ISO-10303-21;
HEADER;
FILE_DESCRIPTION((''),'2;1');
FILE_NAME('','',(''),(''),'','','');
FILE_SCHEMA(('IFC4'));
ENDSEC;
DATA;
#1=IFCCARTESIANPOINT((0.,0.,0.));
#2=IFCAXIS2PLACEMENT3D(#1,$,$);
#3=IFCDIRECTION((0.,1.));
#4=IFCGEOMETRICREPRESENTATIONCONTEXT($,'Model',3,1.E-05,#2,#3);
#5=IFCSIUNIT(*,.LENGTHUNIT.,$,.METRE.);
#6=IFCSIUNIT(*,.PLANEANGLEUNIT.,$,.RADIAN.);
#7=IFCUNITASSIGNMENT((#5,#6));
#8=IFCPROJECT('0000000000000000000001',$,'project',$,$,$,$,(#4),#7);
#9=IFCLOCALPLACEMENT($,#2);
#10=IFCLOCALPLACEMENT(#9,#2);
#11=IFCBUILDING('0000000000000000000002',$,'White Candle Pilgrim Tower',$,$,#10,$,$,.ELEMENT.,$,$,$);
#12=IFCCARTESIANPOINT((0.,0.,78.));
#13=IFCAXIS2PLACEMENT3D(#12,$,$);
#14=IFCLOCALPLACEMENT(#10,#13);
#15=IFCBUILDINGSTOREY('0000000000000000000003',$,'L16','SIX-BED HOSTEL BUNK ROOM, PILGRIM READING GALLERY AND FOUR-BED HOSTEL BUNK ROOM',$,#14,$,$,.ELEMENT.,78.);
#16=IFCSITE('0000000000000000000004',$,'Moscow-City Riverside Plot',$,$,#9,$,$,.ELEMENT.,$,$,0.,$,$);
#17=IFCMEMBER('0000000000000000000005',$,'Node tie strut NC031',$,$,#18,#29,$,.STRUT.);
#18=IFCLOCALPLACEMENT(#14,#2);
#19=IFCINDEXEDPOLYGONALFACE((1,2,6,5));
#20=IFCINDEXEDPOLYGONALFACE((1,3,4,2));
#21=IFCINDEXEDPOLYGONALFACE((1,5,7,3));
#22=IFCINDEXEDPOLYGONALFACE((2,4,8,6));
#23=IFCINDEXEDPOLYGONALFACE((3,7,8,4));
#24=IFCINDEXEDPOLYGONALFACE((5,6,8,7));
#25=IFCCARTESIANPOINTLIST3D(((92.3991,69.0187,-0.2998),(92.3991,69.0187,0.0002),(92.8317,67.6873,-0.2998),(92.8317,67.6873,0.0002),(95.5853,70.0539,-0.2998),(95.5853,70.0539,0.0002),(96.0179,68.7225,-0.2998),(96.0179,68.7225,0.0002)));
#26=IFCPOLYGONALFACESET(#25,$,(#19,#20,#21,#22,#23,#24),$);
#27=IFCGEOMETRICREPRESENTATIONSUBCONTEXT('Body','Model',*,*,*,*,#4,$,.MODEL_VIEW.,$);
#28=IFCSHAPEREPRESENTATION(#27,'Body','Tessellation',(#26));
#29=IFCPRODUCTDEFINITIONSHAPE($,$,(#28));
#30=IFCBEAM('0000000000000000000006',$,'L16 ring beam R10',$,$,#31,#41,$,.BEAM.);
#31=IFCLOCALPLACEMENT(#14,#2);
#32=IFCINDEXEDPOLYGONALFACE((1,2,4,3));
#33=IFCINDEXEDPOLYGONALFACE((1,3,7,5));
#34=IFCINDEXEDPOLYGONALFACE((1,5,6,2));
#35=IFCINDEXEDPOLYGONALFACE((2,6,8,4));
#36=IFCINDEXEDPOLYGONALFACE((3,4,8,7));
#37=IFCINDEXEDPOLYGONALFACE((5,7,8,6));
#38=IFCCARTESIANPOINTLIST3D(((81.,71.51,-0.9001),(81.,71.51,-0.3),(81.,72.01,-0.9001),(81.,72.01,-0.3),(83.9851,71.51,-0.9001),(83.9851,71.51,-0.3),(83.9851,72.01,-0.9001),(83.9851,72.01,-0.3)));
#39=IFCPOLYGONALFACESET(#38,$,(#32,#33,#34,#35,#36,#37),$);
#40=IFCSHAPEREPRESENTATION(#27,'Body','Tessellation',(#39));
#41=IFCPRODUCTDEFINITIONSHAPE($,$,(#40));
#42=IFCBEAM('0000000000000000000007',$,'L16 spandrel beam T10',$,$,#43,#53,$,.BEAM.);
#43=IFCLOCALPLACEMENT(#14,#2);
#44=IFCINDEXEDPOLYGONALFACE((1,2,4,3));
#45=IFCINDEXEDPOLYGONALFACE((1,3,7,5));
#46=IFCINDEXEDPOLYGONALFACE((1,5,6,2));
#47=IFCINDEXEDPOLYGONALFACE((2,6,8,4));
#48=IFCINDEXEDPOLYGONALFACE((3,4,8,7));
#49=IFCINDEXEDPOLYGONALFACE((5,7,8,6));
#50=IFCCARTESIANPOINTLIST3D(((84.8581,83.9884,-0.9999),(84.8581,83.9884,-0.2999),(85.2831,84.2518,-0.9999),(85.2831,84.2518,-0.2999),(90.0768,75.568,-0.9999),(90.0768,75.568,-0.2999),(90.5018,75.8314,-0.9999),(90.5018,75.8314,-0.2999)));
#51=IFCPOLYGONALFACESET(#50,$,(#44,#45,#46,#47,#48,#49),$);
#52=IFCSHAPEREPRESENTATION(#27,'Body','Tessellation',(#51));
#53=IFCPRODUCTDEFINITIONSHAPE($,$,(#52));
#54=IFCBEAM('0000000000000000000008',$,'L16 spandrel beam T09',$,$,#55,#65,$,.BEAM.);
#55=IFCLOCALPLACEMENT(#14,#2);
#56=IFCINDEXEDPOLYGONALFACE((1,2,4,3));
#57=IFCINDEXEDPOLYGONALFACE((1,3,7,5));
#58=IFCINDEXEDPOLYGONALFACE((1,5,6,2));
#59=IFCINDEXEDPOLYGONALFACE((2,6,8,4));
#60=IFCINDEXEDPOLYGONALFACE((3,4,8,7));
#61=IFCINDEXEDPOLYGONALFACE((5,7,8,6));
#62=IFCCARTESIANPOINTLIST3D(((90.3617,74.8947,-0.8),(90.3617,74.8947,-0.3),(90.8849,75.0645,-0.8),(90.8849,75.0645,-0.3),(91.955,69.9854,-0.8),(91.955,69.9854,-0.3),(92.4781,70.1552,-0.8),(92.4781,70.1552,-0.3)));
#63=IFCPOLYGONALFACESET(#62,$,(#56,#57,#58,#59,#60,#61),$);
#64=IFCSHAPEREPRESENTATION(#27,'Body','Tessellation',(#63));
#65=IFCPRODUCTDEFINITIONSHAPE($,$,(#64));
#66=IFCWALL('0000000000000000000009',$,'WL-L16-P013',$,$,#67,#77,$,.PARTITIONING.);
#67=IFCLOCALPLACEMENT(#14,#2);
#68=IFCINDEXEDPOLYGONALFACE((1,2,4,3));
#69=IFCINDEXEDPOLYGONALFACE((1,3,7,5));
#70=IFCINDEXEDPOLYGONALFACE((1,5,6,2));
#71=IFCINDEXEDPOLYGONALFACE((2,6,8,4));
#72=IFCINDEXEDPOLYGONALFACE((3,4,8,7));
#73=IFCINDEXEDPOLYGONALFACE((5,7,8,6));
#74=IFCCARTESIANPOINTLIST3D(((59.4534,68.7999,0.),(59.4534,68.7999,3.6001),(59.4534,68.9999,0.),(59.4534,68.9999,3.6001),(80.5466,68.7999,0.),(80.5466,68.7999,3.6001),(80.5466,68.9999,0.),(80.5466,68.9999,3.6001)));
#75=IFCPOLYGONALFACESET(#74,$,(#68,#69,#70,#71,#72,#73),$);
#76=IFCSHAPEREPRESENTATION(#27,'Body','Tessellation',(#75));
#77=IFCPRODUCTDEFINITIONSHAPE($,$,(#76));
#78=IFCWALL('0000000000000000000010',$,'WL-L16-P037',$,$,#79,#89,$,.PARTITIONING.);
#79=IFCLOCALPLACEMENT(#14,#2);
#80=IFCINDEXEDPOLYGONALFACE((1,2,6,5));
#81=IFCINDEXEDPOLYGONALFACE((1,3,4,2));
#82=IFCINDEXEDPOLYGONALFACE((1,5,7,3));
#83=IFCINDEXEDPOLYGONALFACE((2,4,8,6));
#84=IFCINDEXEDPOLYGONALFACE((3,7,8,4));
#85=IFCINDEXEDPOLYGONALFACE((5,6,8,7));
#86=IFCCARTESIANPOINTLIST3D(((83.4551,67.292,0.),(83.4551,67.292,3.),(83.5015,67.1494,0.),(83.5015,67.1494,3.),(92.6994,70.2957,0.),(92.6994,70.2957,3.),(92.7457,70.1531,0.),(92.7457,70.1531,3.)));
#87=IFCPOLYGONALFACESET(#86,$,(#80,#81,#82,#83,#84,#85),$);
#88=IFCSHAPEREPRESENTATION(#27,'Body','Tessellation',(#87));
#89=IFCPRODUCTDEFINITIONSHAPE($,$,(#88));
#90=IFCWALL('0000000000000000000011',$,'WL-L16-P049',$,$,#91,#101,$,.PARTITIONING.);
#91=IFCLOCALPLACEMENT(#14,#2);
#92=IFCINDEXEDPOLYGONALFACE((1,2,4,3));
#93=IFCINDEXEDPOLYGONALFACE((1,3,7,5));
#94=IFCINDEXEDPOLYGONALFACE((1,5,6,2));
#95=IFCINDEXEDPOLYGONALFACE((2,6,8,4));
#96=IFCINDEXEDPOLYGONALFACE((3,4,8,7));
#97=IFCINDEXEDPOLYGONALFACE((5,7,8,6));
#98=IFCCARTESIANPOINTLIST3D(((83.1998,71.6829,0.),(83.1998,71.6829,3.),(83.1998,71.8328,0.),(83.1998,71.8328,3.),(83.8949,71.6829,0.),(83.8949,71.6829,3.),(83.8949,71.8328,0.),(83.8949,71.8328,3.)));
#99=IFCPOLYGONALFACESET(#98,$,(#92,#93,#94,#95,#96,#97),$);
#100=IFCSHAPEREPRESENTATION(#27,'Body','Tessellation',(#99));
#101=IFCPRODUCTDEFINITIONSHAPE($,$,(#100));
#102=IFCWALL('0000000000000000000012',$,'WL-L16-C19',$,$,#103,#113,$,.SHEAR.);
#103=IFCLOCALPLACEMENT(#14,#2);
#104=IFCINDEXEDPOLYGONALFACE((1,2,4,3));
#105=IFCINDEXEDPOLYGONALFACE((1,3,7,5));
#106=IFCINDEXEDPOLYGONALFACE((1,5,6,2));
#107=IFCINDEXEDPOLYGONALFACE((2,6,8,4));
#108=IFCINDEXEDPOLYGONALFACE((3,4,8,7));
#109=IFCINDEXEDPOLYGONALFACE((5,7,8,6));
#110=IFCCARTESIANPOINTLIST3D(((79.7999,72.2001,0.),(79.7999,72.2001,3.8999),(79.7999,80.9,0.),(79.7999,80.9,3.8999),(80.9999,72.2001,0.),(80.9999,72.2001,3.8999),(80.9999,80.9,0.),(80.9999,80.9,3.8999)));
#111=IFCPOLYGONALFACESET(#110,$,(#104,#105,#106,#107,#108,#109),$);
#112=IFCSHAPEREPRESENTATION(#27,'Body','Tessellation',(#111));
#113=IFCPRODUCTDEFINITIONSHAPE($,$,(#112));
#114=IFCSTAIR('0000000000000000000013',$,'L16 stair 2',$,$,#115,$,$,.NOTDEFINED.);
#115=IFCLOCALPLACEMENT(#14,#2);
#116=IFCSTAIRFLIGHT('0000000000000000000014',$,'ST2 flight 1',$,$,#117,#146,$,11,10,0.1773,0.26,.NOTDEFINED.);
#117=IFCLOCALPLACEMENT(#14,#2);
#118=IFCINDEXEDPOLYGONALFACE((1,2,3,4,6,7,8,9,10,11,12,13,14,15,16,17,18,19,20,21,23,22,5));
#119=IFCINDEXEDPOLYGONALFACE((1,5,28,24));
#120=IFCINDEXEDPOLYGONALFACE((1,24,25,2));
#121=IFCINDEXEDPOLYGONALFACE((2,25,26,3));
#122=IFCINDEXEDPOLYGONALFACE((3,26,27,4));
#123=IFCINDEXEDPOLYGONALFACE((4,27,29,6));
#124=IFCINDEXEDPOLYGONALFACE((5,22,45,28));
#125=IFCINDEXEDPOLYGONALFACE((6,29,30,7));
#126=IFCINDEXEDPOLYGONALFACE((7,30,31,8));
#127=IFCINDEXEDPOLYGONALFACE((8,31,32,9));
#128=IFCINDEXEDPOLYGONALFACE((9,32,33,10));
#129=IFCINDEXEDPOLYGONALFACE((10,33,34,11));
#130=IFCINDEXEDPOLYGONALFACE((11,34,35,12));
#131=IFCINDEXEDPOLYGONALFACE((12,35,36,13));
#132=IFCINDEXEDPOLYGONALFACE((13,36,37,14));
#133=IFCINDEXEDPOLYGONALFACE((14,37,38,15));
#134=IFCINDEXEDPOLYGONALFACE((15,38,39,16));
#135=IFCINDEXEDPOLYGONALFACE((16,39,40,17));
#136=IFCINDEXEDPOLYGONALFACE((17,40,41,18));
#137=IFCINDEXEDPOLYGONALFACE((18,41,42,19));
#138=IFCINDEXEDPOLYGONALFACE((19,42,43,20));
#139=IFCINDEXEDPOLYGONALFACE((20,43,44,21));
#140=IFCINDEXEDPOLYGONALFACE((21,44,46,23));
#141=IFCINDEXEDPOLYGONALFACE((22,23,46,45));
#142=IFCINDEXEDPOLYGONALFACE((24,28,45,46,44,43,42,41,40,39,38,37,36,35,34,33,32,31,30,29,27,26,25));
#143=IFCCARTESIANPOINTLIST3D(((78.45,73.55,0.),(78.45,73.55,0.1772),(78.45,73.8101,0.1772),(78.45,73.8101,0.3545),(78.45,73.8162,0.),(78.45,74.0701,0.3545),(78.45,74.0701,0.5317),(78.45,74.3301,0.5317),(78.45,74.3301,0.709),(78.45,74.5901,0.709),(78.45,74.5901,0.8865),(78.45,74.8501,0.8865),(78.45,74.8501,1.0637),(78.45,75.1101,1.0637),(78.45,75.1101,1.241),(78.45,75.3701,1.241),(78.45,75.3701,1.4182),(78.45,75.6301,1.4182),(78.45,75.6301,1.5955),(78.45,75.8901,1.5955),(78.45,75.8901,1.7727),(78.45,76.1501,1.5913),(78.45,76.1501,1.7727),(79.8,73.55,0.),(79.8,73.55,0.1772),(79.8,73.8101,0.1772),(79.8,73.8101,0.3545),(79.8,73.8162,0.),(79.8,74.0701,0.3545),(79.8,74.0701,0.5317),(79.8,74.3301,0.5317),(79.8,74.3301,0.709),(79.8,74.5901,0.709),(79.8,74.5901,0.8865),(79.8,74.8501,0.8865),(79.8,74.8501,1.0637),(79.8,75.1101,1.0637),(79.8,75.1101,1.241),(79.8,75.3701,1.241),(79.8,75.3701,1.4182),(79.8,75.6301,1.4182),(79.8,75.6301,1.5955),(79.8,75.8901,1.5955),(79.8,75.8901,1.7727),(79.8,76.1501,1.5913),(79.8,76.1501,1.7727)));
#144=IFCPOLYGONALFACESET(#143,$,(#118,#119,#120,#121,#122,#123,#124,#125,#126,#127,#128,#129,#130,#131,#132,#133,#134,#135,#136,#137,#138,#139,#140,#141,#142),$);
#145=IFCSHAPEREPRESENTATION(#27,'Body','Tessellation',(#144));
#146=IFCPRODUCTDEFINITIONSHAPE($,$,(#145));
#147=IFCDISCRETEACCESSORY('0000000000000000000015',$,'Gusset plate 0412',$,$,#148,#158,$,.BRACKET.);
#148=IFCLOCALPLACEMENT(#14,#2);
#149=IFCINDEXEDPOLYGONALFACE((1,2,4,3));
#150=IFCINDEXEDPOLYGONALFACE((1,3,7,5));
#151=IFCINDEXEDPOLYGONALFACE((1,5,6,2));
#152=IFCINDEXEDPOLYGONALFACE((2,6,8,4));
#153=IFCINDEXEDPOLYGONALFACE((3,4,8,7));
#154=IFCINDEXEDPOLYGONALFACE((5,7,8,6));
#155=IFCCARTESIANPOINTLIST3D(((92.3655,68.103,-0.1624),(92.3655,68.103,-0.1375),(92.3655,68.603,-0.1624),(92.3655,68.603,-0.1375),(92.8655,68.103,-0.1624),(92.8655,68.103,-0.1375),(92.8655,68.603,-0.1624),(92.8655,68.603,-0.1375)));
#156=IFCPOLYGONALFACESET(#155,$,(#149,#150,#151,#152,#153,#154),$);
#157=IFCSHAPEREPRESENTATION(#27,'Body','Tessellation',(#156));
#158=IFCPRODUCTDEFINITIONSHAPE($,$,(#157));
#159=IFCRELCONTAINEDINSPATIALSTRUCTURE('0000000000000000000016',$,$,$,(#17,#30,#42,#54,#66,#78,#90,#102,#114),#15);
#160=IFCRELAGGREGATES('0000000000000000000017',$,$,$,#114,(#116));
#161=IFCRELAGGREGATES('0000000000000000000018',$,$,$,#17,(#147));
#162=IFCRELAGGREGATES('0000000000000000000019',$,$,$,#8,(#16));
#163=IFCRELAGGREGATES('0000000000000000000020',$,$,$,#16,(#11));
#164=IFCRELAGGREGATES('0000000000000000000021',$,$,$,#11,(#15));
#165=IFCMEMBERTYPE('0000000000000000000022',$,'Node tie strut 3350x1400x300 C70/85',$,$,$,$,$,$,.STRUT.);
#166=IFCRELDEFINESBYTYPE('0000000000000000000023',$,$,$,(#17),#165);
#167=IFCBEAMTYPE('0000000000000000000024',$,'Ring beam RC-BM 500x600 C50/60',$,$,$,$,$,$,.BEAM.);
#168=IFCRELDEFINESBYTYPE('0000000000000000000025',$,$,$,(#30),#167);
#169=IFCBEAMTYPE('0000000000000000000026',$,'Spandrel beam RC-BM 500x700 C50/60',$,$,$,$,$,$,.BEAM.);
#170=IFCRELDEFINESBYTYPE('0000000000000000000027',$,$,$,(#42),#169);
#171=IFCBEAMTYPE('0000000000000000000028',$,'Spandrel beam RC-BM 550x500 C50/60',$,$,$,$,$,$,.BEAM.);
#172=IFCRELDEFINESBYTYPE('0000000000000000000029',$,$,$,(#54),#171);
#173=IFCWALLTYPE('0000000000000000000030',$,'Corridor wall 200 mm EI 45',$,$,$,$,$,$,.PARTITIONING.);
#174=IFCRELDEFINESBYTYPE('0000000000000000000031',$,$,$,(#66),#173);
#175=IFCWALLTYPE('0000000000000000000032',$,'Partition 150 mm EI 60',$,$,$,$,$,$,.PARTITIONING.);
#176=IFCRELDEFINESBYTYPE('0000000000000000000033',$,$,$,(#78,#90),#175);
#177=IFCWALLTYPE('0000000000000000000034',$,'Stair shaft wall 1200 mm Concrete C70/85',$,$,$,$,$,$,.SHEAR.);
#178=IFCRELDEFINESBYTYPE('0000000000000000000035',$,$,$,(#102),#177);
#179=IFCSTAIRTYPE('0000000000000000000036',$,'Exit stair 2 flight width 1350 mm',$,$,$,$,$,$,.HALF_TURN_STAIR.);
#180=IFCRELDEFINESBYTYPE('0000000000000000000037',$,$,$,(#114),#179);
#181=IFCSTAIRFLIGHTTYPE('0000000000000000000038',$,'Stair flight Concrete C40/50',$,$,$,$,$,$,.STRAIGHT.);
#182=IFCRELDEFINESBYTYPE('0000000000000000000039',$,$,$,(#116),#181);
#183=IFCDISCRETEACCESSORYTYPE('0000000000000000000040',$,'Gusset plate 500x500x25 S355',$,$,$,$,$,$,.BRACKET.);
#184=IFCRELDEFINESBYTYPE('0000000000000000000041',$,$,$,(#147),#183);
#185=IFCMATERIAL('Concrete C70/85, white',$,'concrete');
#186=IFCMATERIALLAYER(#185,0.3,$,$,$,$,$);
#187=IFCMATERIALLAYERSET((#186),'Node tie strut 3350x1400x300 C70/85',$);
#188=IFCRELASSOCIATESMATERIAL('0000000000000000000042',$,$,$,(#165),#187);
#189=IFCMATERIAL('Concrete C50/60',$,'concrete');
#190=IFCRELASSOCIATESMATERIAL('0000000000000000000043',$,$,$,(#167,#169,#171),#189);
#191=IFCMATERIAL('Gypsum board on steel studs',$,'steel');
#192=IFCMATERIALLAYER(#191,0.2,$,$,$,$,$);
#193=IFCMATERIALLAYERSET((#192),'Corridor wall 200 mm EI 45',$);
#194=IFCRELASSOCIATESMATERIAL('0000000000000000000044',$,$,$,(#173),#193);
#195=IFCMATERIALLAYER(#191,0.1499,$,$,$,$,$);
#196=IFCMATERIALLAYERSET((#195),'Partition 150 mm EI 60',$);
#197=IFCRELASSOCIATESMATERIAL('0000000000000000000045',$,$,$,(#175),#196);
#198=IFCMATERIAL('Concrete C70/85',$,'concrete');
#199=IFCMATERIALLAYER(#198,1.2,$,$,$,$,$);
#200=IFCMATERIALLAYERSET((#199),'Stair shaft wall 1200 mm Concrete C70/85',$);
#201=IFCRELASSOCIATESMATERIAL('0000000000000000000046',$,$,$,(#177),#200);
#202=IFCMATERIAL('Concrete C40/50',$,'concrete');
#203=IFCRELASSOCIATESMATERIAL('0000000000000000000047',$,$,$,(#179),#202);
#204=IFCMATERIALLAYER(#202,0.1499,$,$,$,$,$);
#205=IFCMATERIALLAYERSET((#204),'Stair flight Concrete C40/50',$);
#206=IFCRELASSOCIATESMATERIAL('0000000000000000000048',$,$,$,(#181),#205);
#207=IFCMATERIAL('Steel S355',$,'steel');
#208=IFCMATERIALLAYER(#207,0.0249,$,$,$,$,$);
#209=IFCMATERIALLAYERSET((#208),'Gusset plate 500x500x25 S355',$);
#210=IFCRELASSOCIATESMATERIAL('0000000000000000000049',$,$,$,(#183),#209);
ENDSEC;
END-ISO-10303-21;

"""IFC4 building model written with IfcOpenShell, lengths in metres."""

from ifc_helpers import new_model, si_unit, direction, frame, frame_2d, origin, origin_2d, place, context, subcontext, project, spatial, polyline, rectangle, outline, extrude, material, layer, layer_set, material_profile, profile_set, type_object, element, aggregate, save


model = new_model("IFC4")

# Units and contexts
model_context = context("Model", 3, precision=1e-05, world=origin(), true_north=direction((0.0, 1.0)))
body_context = subcontext(model_context, "Body", "Model", "MODEL_VIEW")
ifc_project = project(units=[si_unit("LENGTHUNIT", "METRE"), si_unit("PLANEANGLEUNIT", "RADIAN")], contexts=[model_context])

# Site, building, storey
site_placement = place(None, origin())
site = spatial("IfcSite", under=ifc_project, at=site_placement, Name="Moscow-City Riverside Plot", CompositionType="ELEMENT", RefElevation=0.0)
building_placement = place(site_placement, origin())
building = spatial("IfcBuilding", under=site, at=building_placement, Name="White Candle Pilgrim Tower", CompositionType="ELEMENT")
storey_placement = place(building_placement, frame((0.0, 0.0, 78.0)))
storey = spatial("IfcBuildingStorey", under=building, at=storey_placement, Name="L16", Description="SIX-BED HOSTEL BUNK ROOM, PILGRIM READING GALLERY AND FOUR-BED HOSTEL BUNK ROOM", CompositionType="ELEMENT", Elevation=78.0)

# Member
ifc_material_1 = material(Name="Concrete C70/85, white", Category="concrete")
ifc_layer_1 = layer(ifc_material_1, 0.3)
ifc_layer_set_1 = layer_set([ifc_layer_1], Name="Node tie strut 3350x1400x300 C70/85")
member_type_1 = type_object("IfcMemberType", Name="Node tie strut 3350x1400x300 C70/85", PredefinedType="STRUT", material=ifc_layer_set_1)
member_1_placement = place(storey_placement, frame((94.2085, 68.8706, -0.2998), z_axis=(0.0, 0.0, 1.0), x_axis=(-0.309017, 0.951057, 0.0)))
member_1 = element("IfcMember", 1, at=member_1_placement, inside=storey, type_object=member_type_1, Name="Node tie strut NC031", PredefinedType="STRUT", context=body_context, shape_type="SweptSolid", body=[
    extrude(rectangle(XDim=1.3999, YDim=3.3501, at=origin_2d()), origin(), (0.0, 0.0, 1.0), 0.3),
])

# Beams
ifc_material_2 = material(Name="Concrete C50/60", Category="concrete")
ifc_material_profile_1 = material_profile(ifc_material_2, rectangle(XDim=0.5, YDim=0.6001, at=origin_2d()), Name="RC-BM 500x600")
ifc_profile_set_1 = profile_set([ifc_material_profile_1], Name="Concrete C50/60")
beam_type_1 = type_object("IfcBeamType", Name="Ring beam RC-BM 500x600 C50/60", PredefinedType="BEAM", material=ifc_profile_set_1)
beam_1_placement = place(storey_placement, frame((83.9851, 71.76, -0.6001), z_axis=(-1.0, 0.0, 0.0), x_axis=(0.0, -1.0, 0.0)))
element("IfcBeam", 2, at=beam_1_placement, inside=storey, type_object=beam_type_1, Name="L16 ring beam R10", PredefinedType="BEAM", context=body_context, shape_type="SweptSolid", body=[
    extrude(rectangle(XDim=0.5, YDim=0.6001, at=origin_2d()), origin(), (0.0, 0.0, 1.0), 2.9851),
])
ifc_material_profile_2 = material_profile(ifc_material_2, rectangle(XDim=0.5, YDim=0.7, at=origin_2d()), Name="RC-BM 500x700")
ifc_profile_set_2 = profile_set([ifc_material_profile_2], Name="Concrete C50/60")
beam_type_2 = type_object("IfcBeamType", Name="Spandrel beam RC-BM 500x700 C50/60", PredefinedType="BEAM", material=ifc_profile_set_2)
beam_2_placement = place(storey_placement, frame((90.2893, 75.6997, -0.6499), z_axis=(-0.526801, 0.849989, 0.0), x_axis=(-0.849989, -0.526801, 0.0)))
element("IfcBeam", 3, at=beam_2_placement, inside=storey, type_object=beam_type_2, Name="L16 spandrel beam T10", PredefinedType="BEAM", context=body_context, shape_type="SweptSolid", body=[
    extrude(rectangle(XDim=0.5, YDim=0.7, at=origin_2d()), origin(), (0.0, 0.0, 1.0), 9.9065),
])
ifc_material_profile_3 = material_profile(ifc_material_2, rectangle(XDim=0.55, YDim=0.5, at=origin_2d()), Name="RC-BM 550x500")
ifc_profile_set_3 = profile_set([ifc_material_profile_3], Name="Concrete C50/60")
beam_type_3 = type_object("IfcBeamType", Name="Spandrel beam RC-BM 550x500 C50/60", PredefinedType="BEAM", material=ifc_profile_set_3)
beam_3_placement = place(storey_placement, frame((92.2166, 70.0703, -0.55), z_axis=(-0.308683, 0.951165, 0.0), x_axis=(-0.951165, -0.308683, 0.0)))
element("IfcBeam", 4, at=beam_3_placement, inside=storey, type_object=beam_type_3, Name="L16 spandrel beam T09", PredefinedType="BEAM", context=body_context, shape_type="SweptSolid", body=[
    extrude(rectangle(XDim=0.55, YDim=0.5, at=origin_2d()), origin(), (0.0, 0.0, 1.0), 5.1614),
])

# Walls
ifc_material_3 = material(Name="Gypsum board on steel studs", Category="steel")
ifc_layer_2 = layer(ifc_material_3, 0.2)
ifc_layer_set_2 = layer_set([ifc_layer_2], Name="Corridor wall 200 mm EI 45")
wall_type_1 = type_object("IfcWallType", Name="Corridor wall 200 mm EI 45", PredefinedType="PARTITIONING", material=ifc_layer_set_2)
wall_1_placement = place(storey_placement, frame((80.5466, 68.8999, 0.0), z_axis=(0.0, 0.0, 1.0), x_axis=(-1.0, 0.0, 0.0)))
element("IfcWall", 5, at=wall_1_placement, inside=storey, type_object=wall_type_1, Name="WL-L16-P013", PredefinedType="PARTITIONING", context=body_context, shape_type="SweptSolid", body=[
    extrude(rectangle(XDim=21.0933, YDim=0.2, at=frame_2d((10.5466, 0.0))), origin(), (0.0, 0.0, 1.0), 3.6001),
])
ifc_layer_3 = layer(ifc_material_3, 0.1499)
ifc_layer_set_3 = layer_set([ifc_layer_3], Name="Partition 150 mm EI 60")
wall_type_2 = type_object("IfcWallType", Name="Partition 150 mm EI 60", PredefinedType="PARTITIONING", material=ifc_layer_set_3)
wall_2_placement = place(storey_placement, frame((92.7224, 70.2244, 0.0), z_axis=(0.0, 0.0, 1.0), x_axis=(-0.951055, -0.309022, 0.0)))
element("IfcWall", 6, at=wall_2_placement, inside=storey, type_object=wall_type_2, Name="WL-L16-P037", PredefinedType="PARTITIONING", context=body_context, shape_type="SweptSolid", body=[
    extrude(rectangle(XDim=9.72, YDim=0.1499, at=frame_2d((4.8599, 0.0))), origin(), (0.0, 0.0, 1.0), 3.0),
])
wall_3_placement = place(storey_placement, frame((83.895, 71.7578, 0.0), z_axis=(0.0, 0.0, 1.0), x_axis=(-1.0, 0.0, 0.0)))
element("IfcWall", 7, at=wall_3_placement, inside=storey, type_object=wall_type_2, Name="WL-L16-P049", PredefinedType="PARTITIONING", context=body_context, shape_type="SweptSolid", body=[
    extrude(rectangle(XDim=0.6951, YDim=0.1499, at=frame_2d((0.3477, 0.0))), origin(), (0.0, 0.0, 1.0), 3.0),
])
ifc_material_4 = material(Name="Concrete C70/85", Category="concrete")
ifc_layer_4 = layer(ifc_material_4, 1.2)
ifc_layer_set_4 = layer_set([ifc_layer_4], Name="Stair shaft wall 1200 mm Concrete C70/85")
wall_type_3 = type_object("IfcWallType", Name="Stair shaft wall 1200 mm Concrete C70/85", PredefinedType="SHEAR", material=ifc_layer_set_4)
wall_4_placement = place(storey_placement, frame((80.3999, 72.2, 0.0), z_axis=(0.0, 0.0, 1.0), x_axis=(0.0, 1.0, 0.0)))
element("IfcWall", 8, at=wall_4_placement, inside=storey, type_object=wall_type_3, Name="WL-L16-C19", PredefinedType="SHEAR", context=body_context, shape_type="SweptSolid", body=[
    extrude(rectangle(XDim=8.7, YDim=1.2, at=frame_2d((4.3501, 0.0))), origin(), (0.0, 0.0, 1.0), 3.8999),
])

# Stair, stair flight
ifc_material_5 = material(Name="Concrete C40/50", Category="concrete")
stair_type = type_object("IfcStairType", Name="Exit stair 2 flight width 1350 mm", PredefinedType="HALF_TURN_STAIR", material=ifc_material_5)
stair_placement = place(storey_placement, origin())
stair = element("IfcStair", 9, at=stair_placement, inside=storey, type_object=stair_type, Name="L16 stair 2", PredefinedType="NOTDEFINED")
ifc_layer_5 = layer(ifc_material_5, 0.1499)
ifc_layer_set_5 = layer_set([ifc_layer_5], Name="Stair flight Concrete C40/50")
stair_flight_type = type_object("IfcStairFlightType", Name="Stair flight Concrete C40/50", PredefinedType="STRAIGHT", material=ifc_layer_set_5)
stair_flight_placement = place(storey_placement, frame((79.125, 73.55, 0.0), z_axis=(0.0, 0.0, 1.0), x_axis=(0.0, 1.0, 0.0)))
stair_flight = element("IfcStairFlight", 10, at=stair_flight_placement, type_object=stair_flight_type, Name="ST2 flight 1", NumberOfRisers=11, NumberOfTreads=10, PredefinedType="NOTDEFINED", RiserHeight=0.1773, TreadLength=0.26, context=body_context, shape_type="SweptSolid", body=[
    extrude(outline(polyline([(0.0, 0.0), (0.0, 0.1772), (0.26, 0.1772), (0.26, 0.3545), (0.52, 0.3545), (0.52, 0.5317), (0.78, 0.5317), (0.78, 0.709), (1.04, 0.709), (1.04, 0.8865), (1.3, 0.8865), (1.3, 1.0637), (1.5601, 1.0637), (1.5601, 1.241), (1.8201, 1.241), (1.8201, 1.4182), (2.0801, 1.4182), (2.0801, 1.5955), (2.3401, 1.5955), (2.3401, 1.7727), (2.6001, 1.7727), (2.6001, 1.95), (2.6001, 1.5913), (0.2661, 0.0), (0.0, 0.0)])), frame((0.0, 0.675, 0.0), z_axis=(0.0, -1.0, 0.0), x_axis=(1.0, 0.0, 0.0)), (0.0, 0.0, 1.0), 1.3501),
])
aggregate(stair, [stair_flight])

# Discrete accessory
ifc_material_6 = material(Name="Steel S355", Category="steel")
ifc_layer_6 = layer(ifc_material_6, 0.0249)
ifc_layer_set_6 = layer_set([ifc_layer_6], Name="Gusset plate 500x500x25 S355")
discrete_accessory_type = type_object("IfcDiscreteAccessoryType", Name="Gusset plate 500x500x25 S355", PredefinedType="BRACKET", material=ifc_layer_set_6)
discrete_accessory_1_placement = place(storey_placement, frame((92.6155, 68.353, -0.1624), z_axis=(0.0, 0.0, 1.0), x_axis=(1.0, 0.0, 0.0)))
discrete_accessory_1 = element("IfcDiscreteAccessory", 11, at=discrete_accessory_1_placement, type_object=discrete_accessory_type, Name="Gusset plate 0412", PredefinedType="BRACKET", context=body_context, shape_type="SweptSolid", body=[
    extrude(rectangle(XDim=0.5, YDim=0.5, at=origin_2d()), origin(), (0.0, 0.0, 1.0), 0.0249),
])
aggregate(member_1, [discrete_accessory_1])

save(model, "model.ifc")
